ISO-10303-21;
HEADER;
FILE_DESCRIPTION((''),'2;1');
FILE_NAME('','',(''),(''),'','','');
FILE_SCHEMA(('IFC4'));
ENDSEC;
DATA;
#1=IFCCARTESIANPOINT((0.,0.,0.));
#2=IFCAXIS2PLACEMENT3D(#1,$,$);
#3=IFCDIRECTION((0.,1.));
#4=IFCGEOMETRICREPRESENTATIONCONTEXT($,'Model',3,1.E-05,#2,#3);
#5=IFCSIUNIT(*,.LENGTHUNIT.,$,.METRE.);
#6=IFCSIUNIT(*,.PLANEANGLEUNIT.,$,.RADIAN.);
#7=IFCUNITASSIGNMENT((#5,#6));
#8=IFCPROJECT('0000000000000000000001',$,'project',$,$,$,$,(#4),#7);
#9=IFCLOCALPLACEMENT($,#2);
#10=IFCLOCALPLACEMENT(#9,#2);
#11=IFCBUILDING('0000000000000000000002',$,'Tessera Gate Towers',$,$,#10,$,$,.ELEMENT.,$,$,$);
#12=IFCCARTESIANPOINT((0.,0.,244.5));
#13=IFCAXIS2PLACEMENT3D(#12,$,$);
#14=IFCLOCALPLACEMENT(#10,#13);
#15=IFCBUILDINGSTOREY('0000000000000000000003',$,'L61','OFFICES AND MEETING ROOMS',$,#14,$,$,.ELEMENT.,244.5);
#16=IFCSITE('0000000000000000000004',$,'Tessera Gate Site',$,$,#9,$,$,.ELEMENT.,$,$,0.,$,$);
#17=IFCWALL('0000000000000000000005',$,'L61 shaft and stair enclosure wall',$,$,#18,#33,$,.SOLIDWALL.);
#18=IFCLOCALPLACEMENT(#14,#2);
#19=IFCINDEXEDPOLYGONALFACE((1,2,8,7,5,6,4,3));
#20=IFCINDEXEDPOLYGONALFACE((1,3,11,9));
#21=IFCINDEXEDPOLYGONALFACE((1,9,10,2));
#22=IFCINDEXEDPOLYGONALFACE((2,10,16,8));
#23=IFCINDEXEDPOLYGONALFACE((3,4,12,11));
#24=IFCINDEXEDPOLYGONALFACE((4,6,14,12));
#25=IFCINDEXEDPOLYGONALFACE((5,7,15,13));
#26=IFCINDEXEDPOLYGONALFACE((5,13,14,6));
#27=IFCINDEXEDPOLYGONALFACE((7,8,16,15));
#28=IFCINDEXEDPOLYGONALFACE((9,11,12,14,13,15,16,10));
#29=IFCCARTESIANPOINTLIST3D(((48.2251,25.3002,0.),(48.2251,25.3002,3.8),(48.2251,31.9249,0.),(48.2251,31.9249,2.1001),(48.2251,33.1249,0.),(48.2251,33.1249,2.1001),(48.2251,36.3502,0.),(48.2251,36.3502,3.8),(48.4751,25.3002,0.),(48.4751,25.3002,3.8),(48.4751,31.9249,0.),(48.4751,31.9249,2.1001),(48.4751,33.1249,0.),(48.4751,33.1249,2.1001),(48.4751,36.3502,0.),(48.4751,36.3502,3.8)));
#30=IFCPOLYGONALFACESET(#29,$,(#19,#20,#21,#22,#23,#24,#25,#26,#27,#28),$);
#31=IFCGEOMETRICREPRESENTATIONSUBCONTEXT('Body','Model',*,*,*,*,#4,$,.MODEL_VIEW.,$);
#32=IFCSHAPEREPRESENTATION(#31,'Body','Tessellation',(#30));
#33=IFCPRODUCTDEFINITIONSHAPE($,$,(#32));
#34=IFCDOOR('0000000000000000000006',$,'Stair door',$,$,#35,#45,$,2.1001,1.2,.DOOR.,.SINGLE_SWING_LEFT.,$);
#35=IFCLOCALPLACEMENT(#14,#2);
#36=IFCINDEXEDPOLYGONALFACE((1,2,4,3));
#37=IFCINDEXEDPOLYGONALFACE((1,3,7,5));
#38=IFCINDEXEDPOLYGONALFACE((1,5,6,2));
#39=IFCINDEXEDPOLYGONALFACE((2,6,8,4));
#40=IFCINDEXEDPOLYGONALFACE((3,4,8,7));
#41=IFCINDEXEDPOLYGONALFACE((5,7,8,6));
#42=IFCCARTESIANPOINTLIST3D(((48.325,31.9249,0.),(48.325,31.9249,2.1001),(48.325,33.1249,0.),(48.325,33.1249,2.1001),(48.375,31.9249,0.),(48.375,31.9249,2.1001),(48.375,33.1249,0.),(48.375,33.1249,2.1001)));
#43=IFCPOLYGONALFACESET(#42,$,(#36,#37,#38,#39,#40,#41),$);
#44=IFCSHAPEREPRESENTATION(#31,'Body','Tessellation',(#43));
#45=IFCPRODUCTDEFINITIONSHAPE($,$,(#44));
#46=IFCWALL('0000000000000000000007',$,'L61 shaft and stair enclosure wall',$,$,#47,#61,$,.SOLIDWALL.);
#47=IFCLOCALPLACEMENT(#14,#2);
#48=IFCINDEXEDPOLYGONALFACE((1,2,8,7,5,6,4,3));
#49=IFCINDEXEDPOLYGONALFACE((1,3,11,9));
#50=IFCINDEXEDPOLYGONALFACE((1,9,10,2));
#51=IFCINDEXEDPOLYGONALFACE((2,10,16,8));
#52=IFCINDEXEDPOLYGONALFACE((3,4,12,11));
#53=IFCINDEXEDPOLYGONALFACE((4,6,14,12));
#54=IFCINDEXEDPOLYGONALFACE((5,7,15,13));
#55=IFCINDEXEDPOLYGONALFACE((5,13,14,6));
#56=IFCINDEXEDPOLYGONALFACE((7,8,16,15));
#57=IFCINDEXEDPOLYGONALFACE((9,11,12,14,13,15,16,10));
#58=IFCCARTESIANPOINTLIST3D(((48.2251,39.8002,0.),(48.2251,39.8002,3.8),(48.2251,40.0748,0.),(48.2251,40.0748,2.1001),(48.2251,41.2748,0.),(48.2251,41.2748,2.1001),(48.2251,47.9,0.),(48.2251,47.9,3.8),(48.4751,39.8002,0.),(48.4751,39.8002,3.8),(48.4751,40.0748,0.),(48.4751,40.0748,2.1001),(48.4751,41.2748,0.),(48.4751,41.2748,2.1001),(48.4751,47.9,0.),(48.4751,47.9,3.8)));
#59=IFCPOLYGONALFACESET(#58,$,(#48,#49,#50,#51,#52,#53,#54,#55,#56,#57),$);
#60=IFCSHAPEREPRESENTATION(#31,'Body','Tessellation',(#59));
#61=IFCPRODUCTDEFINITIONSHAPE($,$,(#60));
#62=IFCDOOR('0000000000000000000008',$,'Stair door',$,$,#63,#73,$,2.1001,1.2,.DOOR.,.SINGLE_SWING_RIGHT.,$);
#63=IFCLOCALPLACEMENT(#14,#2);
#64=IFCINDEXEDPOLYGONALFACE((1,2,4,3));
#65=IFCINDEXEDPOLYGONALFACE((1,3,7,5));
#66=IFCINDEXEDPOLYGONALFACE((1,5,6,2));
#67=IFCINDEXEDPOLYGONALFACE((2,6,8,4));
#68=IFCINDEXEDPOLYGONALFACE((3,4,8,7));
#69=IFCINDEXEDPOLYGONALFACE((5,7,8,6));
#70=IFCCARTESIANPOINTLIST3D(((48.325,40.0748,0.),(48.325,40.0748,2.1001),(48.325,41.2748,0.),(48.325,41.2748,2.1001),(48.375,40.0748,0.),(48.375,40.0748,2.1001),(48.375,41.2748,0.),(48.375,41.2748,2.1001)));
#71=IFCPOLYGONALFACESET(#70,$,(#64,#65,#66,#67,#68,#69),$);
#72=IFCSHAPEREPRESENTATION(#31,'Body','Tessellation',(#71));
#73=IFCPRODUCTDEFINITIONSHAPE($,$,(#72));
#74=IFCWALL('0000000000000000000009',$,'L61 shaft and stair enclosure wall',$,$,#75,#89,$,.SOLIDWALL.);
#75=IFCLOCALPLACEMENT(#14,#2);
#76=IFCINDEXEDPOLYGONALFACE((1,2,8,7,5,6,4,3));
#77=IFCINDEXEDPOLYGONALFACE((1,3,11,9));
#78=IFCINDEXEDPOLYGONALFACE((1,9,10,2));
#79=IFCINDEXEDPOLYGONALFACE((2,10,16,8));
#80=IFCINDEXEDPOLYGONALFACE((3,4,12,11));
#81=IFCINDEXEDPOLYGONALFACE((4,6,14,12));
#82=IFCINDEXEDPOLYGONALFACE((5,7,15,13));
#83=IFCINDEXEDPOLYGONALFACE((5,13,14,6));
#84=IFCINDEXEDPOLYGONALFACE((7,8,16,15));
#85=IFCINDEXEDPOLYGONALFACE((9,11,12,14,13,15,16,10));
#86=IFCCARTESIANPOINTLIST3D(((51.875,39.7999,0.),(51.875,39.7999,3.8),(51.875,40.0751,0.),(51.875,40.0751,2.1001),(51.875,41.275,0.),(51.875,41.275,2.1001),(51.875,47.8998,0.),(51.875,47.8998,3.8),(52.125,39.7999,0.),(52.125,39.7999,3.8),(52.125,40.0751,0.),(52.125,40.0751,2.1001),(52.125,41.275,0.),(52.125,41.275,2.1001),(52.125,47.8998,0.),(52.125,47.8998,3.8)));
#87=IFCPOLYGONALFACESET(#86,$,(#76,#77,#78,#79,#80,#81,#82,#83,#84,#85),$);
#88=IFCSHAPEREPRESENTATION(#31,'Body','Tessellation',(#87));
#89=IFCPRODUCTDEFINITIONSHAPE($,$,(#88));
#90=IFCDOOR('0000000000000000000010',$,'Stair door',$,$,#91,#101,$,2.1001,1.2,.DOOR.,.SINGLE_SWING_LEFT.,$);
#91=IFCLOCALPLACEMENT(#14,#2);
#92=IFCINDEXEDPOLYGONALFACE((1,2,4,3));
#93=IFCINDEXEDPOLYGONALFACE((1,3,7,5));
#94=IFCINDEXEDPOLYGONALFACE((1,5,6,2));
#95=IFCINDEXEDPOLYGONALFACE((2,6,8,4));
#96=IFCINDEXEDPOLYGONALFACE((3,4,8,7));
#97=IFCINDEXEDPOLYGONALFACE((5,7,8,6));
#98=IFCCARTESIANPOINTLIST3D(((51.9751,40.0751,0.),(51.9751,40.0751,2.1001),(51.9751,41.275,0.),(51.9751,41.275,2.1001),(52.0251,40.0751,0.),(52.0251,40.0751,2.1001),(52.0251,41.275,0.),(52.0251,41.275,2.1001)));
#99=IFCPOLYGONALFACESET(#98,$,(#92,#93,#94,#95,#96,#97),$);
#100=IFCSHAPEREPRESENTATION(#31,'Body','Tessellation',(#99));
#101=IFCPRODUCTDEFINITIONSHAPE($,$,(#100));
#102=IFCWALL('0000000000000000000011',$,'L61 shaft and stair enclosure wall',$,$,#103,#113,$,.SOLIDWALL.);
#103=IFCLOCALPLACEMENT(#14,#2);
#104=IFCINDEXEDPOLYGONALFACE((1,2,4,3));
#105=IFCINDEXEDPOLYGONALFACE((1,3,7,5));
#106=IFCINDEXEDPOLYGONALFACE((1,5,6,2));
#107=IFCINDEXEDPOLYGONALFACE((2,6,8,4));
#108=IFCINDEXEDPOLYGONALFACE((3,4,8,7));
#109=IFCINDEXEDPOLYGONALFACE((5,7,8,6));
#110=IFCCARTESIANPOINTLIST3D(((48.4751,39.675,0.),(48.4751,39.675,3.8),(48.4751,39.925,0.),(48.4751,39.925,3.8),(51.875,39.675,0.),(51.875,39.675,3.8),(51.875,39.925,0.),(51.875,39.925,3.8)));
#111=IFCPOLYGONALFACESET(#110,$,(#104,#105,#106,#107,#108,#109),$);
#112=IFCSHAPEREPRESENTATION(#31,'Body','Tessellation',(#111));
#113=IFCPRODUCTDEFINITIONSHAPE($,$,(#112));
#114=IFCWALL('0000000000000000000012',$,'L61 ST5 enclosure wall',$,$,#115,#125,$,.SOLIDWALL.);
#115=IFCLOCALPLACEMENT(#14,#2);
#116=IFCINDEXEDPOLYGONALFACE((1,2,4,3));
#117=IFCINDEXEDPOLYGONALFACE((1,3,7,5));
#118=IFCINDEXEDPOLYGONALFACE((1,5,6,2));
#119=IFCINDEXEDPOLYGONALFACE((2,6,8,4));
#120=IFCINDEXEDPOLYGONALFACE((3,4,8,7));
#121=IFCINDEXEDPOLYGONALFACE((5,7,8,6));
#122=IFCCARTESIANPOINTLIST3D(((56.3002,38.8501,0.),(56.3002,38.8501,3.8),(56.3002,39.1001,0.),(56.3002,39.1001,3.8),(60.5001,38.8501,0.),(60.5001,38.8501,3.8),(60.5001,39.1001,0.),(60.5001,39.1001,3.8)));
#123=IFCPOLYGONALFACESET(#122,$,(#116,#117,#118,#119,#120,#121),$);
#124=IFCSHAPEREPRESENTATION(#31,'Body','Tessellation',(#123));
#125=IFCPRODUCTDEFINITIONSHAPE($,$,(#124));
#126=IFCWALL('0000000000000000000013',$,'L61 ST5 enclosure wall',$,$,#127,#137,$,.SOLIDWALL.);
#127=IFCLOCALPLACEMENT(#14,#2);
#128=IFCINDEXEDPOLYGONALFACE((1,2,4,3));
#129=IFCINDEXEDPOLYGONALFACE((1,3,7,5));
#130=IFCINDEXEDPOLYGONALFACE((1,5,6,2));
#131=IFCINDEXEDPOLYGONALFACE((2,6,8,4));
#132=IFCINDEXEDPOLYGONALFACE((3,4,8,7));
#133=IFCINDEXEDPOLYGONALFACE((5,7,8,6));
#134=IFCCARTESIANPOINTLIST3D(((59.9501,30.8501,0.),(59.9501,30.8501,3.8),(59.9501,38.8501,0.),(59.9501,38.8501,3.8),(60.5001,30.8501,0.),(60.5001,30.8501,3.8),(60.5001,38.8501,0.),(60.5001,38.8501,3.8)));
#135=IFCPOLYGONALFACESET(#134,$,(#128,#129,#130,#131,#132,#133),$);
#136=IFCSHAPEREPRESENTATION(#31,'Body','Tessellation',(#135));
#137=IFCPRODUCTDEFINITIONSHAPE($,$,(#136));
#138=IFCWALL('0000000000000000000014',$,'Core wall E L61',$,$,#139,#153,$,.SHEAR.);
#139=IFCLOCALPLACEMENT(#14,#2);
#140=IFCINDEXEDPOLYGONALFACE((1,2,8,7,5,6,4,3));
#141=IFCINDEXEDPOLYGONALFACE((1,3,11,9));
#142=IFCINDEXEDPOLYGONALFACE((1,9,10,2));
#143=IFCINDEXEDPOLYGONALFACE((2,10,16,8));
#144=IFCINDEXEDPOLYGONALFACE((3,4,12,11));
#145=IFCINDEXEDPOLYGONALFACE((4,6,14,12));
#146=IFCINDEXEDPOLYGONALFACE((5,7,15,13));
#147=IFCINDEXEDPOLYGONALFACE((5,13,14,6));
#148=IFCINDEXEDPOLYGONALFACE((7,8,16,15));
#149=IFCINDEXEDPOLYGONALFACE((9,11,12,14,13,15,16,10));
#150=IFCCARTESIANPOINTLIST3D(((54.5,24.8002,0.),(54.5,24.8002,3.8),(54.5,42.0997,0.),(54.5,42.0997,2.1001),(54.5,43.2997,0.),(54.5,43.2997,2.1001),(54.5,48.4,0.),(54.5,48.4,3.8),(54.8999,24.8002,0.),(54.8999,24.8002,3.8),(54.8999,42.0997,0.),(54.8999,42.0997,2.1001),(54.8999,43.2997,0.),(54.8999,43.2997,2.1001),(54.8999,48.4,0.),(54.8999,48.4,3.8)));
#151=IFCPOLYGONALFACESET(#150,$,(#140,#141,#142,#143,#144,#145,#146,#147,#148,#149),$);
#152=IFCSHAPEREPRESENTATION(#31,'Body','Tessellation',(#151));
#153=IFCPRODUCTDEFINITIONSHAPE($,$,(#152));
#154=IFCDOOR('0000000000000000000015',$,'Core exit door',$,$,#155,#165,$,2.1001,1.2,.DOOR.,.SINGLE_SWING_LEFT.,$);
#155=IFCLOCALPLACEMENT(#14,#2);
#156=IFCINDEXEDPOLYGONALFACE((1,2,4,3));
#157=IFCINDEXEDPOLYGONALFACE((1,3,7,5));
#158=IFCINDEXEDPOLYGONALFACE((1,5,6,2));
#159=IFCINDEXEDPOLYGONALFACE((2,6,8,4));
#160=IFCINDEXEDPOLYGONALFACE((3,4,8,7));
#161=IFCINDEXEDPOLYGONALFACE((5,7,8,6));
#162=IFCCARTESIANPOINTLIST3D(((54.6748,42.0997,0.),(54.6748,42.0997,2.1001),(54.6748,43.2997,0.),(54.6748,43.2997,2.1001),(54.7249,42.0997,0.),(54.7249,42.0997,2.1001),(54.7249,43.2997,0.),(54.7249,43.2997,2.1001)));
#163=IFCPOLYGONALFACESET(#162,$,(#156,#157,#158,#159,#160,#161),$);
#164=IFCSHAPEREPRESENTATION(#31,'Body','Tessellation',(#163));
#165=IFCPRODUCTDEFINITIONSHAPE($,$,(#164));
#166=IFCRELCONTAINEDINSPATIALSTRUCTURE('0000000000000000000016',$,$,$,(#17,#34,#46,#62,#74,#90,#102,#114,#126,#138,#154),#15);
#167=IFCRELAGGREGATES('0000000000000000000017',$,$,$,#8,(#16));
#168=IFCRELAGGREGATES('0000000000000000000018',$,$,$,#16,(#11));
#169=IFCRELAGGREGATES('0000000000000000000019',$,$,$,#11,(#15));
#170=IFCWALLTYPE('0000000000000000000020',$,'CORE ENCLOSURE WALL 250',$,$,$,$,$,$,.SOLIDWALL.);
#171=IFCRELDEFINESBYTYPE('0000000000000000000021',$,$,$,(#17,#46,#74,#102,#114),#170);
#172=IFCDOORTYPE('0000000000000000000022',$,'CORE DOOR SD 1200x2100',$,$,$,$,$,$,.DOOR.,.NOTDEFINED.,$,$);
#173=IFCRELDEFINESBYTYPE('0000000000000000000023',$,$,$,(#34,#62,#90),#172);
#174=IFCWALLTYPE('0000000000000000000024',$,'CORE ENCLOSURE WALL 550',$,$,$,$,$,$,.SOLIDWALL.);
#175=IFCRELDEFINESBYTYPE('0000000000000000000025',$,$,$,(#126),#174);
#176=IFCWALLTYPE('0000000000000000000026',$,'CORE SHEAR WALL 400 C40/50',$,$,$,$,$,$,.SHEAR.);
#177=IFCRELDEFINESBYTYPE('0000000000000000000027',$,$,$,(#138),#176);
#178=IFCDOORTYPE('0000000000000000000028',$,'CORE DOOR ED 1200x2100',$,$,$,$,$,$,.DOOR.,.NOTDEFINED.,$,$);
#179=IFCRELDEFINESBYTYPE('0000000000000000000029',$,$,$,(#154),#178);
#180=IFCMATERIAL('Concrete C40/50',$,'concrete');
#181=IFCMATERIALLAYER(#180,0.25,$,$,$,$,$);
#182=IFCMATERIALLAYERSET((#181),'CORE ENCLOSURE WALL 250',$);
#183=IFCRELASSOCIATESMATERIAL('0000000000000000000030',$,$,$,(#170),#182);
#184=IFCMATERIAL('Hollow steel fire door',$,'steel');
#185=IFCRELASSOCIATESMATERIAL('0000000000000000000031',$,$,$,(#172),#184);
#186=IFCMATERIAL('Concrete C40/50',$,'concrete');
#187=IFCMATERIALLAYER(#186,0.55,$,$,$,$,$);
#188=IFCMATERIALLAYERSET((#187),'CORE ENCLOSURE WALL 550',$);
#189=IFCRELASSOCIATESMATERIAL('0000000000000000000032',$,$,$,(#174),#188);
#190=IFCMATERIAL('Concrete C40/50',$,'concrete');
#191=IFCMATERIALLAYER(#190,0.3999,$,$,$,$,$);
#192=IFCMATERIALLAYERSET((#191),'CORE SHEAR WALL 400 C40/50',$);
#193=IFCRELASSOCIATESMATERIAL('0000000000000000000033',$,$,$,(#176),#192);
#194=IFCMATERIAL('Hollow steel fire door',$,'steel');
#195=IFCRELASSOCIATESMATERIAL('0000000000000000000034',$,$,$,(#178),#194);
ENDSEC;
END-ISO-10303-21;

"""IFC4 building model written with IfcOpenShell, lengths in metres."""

from ifc_helpers import new_model, si_unit, direction, frame, frame_2d, origin, place, context, subcontext, project, spatial, rectangle, extrude, source, transform, mapped, material, layer, layer_set, type_object, element, fill, save


model = new_model("IFC4")

# Units and contexts
model_context = context("Model", 3, precision=1e-05, world=origin(), true_north=direction((0.0, 1.0)))
body_context = subcontext(model_context, "Body", "Model", "MODEL_VIEW")
ifc_project = project(units=[si_unit("LENGTHUNIT", "METRE"), si_unit("PLANEANGLEUNIT", "RADIAN")], contexts=[model_context])

# Site, building, storey
site_placement = place(None, origin())
site = spatial("IfcSite", under=ifc_project, at=site_placement, Name="Tessera Gate Site", CompositionType="ELEMENT", RefElevation=0.0)
building_placement = place(site_placement, origin())
building = spatial("IfcBuilding", under=site, at=building_placement, Name="Tessera Gate Towers", CompositionType="ELEMENT")
storey_placement = place(building_placement, frame((0.0, 0.0, 244.5)))
storey = spatial("IfcBuildingStorey", under=building, at=storey_placement, Name="L61", Description="OFFICES AND MEETING ROOMS", CompositionType="ELEMENT", Elevation=244.5)

# Walls, openings, doors
ifc_material_1 = material(Name="Concrete C40/50", Category="concrete")
ifc_layer_1 = layer(ifc_material_1, 0.25)
ifc_layer_set_1 = layer_set([ifc_layer_1], Name="CORE ENCLOSURE WALL 250")
wall_type_1 = type_object("IfcWallType", Name="CORE ENCLOSURE WALL 250", PredefinedType="SOLIDWALL", material=ifc_layer_set_1)
wall_1_placement = place(storey_placement, frame((48.3501, 36.3501, 0.0), z_axis=(0.0, 0.0, 1.0), x_axis=(0.0, -1.0, 0.0)))
wall_1 = element("IfcWall", 1, at=wall_1_placement, inside=storey, type_object=wall_type_1, Name="L61 shaft and stair enclosure wall", PredefinedType="SOLIDWALL", context=body_context, shape_type="SweptSolid", body=[
    extrude(rectangle(XDim=11.05, YDim=0.25, at=frame_2d((5.5249, 0.0))), origin(), (0.0, 0.0, 1.0), 3.8),
])
shared_shape_1 = source(origin(), body_context, "Body", "SweptSolid", [
    extrude(rectangle(XDim=1.2, YDim=2.1001, at=frame_2d((0.6001, 1.05))), frame((0.0, 0.135, 0.0), z_axis=(0.0, -1.0, 0.0), x_axis=(1.0, 0.0, 0.0)), (0.0, 0.0, 1.0), 0.27),
])
opening_1_placement = place(wall_1_placement, frame((3.2251, 0.0, 0.0)))
opening_1 = element("IfcOpeningElement", 2, at=opening_1_placement, cuts=wall_1, PredefinedType="OPENING", context=body_context, shape_type="MappedRepresentation", body=[
    mapped(shared_shape_1, transform((0.0, 0.0, 0.0), scale=1.0)),
])
ifc_material_2 = material(Name="Hollow steel fire door", Category="steel")
door_type_1 = type_object("IfcDoorType", Name="CORE DOOR SD 1200x2100", OperationType="NOTDEFINED", PredefinedType="DOOR", material=ifc_material_2)
shared_shape_2 = source(origin(), body_context, "Body", "SweptSolid", [
    extrude(rectangle(XDim=1.2, YDim=2.1001, at=frame_2d((0.6001, 1.05))), frame((0.0, 0.0249, 0.0), z_axis=(0.0, -1.0, 0.0), x_axis=(1.0, 0.0, 0.0)), (0.0, 0.0, 1.0), 0.05),
])
door_1_placement = place(opening_1_placement, origin())
door_1 = element("IfcDoor", 3, at=door_1_placement, inside=storey, type_object=door_type_1, Name="Stair door", OperationType="SINGLE_SWING_LEFT", OverallHeight=2.1001, OverallWidth=1.2, PredefinedType="DOOR", context=body_context, shape_type="MappedRepresentation", body=[
    mapped(shared_shape_2, transform((0.0, 0.0, 0.0), scale=1.0)),
])
fill(opening_1, door_1)
wall_2_placement = place(storey_placement, frame((48.3501, 47.8999, 0.0), z_axis=(0.0, 0.0, 1.0), x_axis=(0.0, -1.0, 0.0)))
wall_2 = element("IfcWall", 4, at=wall_2_placement, inside=storey, type_object=wall_type_1, Name="L61 shaft and stair enclosure wall", PredefinedType="SOLIDWALL", context=body_context, shape_type="SweptSolid", body=[
    extrude(rectangle(XDim=8.0999, YDim=0.25, at=frame_2d((4.0498, 0.0))), origin(), (0.0, 0.0, 1.0), 3.8),
])
opening_2_placement = place(wall_2_placement, frame((6.625, 0.0, 0.0)))
opening_2 = element("IfcOpeningElement", 5, at=opening_2_placement, cuts=wall_2, PredefinedType="OPENING", context=body_context, shape_type="MappedRepresentation", body=[
    mapped(shared_shape_1, transform((0.0, 0.0, 0.0), scale=1.0)),
])
door_2_placement = place(opening_2_placement, origin())
door_2 = element("IfcDoor", 6, at=door_2_placement, inside=storey, type_object=door_type_1, Name="Stair door", OperationType="SINGLE_SWING_RIGHT", OverallHeight=2.1001, OverallWidth=1.2, PredefinedType="DOOR", context=body_context, shape_type="MappedRepresentation", body=[
    mapped(shared_shape_2, transform((0.0, 0.0, 0.0), scale=1.0)),
])
fill(opening_2, door_2)
wall_3_placement = place(storey_placement, frame((52.0, 39.8, 0.0), z_axis=(0.0, 0.0, 1.0), x_axis=(0.0, 1.0, 0.0)))
wall_3 = element("IfcWall", 7, at=wall_3_placement, inside=storey, type_object=wall_type_1, Name="L61 shaft and stair enclosure wall", PredefinedType="SOLIDWALL", context=body_context, shape_type="SweptSolid", body=[
    extrude(rectangle(XDim=8.0999, YDim=0.25, at=frame_2d((4.0498, 0.0))), origin(), (0.0, 0.0, 1.0), 3.8),
])
opening_3_placement = place(wall_3_placement, frame((0.2749, 0.0, 0.0)))
opening_3 = element("IfcOpeningElement", 8, at=opening_3_placement, cuts=wall_3, PredefinedType="OPENING", context=body_context, shape_type="MappedRepresentation", body=[
    mapped(shared_shape_1, transform((0.0, 0.0, 0.0), scale=1.0)),
])
door_3_placement = place(opening_3_placement, origin())
door_3 = element("IfcDoor", 9, at=door_3_placement, inside=storey, type_object=door_type_1, Name="Stair door", OperationType="SINGLE_SWING_LEFT", OverallHeight=2.1001, OverallWidth=1.2, PredefinedType="DOOR", context=body_context, shape_type="MappedRepresentation", body=[
    mapped(shared_shape_2, transform((0.0, 0.0, 0.0), scale=1.0)),
])
fill(opening_3, door_3)

# Walls
wall_4_placement = place(storey_placement, frame((48.4751, 39.8, 0.0), z_axis=(0.0, 0.0, 1.0), x_axis=(1.0, 0.0, 0.0)))
element("IfcWall", 10, at=wall_4_placement, inside=storey, type_object=wall_type_1, Name="L61 shaft and stair enclosure wall", PredefinedType="SOLIDWALL", context=body_context, shape_type="SweptSolid", body=[
    extrude(rectangle(XDim=3.3999, YDim=0.25, at=frame_2d((1.7, 0.0))), origin(), (0.0, 0.0, 1.0), 3.8),
])
wall_5_placement = place(storey_placement, frame((56.3, 38.9751, 0.0), z_axis=(0.0, 0.0, 1.0), x_axis=(1.0, 0.0, 0.0)))
element("IfcWall", 11, at=wall_5_placement, inside=storey, type_object=wall_type_1, Name="L61 ST5 enclosure wall", PredefinedType="SOLIDWALL", context=body_context, shape_type="SweptSolid", body=[
    extrude(rectangle(XDim=4.2, YDim=0.25, at=frame_2d((2.1001, 0.0))), origin(), (0.0, 0.0, 1.0), 3.8),
])
ifc_material_3 = material(Name="Concrete C40/50", Category="concrete")
ifc_layer_2 = layer(ifc_material_3, 0.55)
ifc_layer_set_2 = layer_set([ifc_layer_2], Name="CORE ENCLOSURE WALL 550")
wall_type_2 = type_object("IfcWallType", Name="CORE ENCLOSURE WALL 550", PredefinedType="SOLIDWALL", material=ifc_layer_set_2)
wall_6_placement = place(storey_placement, frame((60.2251, 38.8501, 0.0), z_axis=(0.0, 0.0, 1.0), x_axis=(0.0, -1.0, 0.0)))
element("IfcWall", 12, at=wall_6_placement, inside=storey, type_object=wall_type_2, Name="L61 ST5 enclosure wall", PredefinedType="SOLIDWALL", context=body_context, shape_type="SweptSolid", body=[
    extrude(rectangle(XDim=8.0, YDim=0.55, at=frame_2d((4.0, 0.0))), origin(), (0.0, 0.0, 1.0), 3.8),
])

# Wall, opening, door
ifc_material_4 = material(Name="Concrete C40/50", Category="concrete")
ifc_layer_3 = layer(ifc_material_4, 0.3999)
ifc_layer_set_3 = layer_set([ifc_layer_3], Name="CORE SHEAR WALL 400 C40/50")
wall_type_3 = type_object("IfcWallType", Name="CORE SHEAR WALL 400 C40/50", PredefinedType="SHEAR", material=ifc_layer_set_3)
wall_7_placement = place(storey_placement, frame((54.7, 48.3999, 0.0), z_axis=(0.0, 0.0, 1.0), x_axis=(0.0, -1.0, 0.0)))
wall_7 = element("IfcWall", 13, at=wall_7_placement, inside=storey, type_object=wall_type_3, Name="Core wall E L61", PredefinedType="SHEAR", context=body_context, shape_type="SweptSolid", body=[
    extrude(rectangle(XDim=23.5999, YDim=0.3999, at=frame_2d((11.7998, 0.0))), origin(), (0.0, 0.0, 1.0), 3.8),
])
shared_shape_3 = source(origin(), body_context, "Body", "SweptSolid", [
    extrude(rectangle(XDim=1.2, YDim=2.1001, at=frame_2d((0.6001, 1.05))), frame((0.0, 0.21, 0.0), z_axis=(0.0, -1.0, 0.0), x_axis=(1.0, 0.0, 0.0)), (0.0, 0.0, 1.0), 0.4199),
])
opening_4_placement = place(wall_7_placement, frame((5.1001, 0.0, 0.0)))
opening_4 = element("IfcOpeningElement", 14, at=opening_4_placement, cuts=wall_7, PredefinedType="OPENING", context=body_context, shape_type="MappedRepresentation", body=[
    mapped(shared_shape_3, transform((0.0, 0.0, 0.0), scale=1.0)),
])
ifc_material_5 = material(Name="Hollow steel fire door", Category="steel")
door_type_2 = type_object("IfcDoorType", Name="CORE DOOR ED 1200x2100", OperationType="NOTDEFINED", PredefinedType="DOOR", material=ifc_material_5)
door_4_placement = place(opening_4_placement, origin())
door_4 = element("IfcDoor", 15, at=door_4_placement, inside=storey, type_object=door_type_2, Name="Core exit door", OperationType="SINGLE_SWING_LEFT", OverallHeight=2.1001, OverallWidth=1.2, PredefinedType="DOOR", context=body_context, shape_type="MappedRepresentation", body=[
    mapped(shared_shape_2, transform((0.0, 0.0, 0.0), scale=1.0)),
])
fill(opening_4, door_4)

save(model, "model.ifc")
